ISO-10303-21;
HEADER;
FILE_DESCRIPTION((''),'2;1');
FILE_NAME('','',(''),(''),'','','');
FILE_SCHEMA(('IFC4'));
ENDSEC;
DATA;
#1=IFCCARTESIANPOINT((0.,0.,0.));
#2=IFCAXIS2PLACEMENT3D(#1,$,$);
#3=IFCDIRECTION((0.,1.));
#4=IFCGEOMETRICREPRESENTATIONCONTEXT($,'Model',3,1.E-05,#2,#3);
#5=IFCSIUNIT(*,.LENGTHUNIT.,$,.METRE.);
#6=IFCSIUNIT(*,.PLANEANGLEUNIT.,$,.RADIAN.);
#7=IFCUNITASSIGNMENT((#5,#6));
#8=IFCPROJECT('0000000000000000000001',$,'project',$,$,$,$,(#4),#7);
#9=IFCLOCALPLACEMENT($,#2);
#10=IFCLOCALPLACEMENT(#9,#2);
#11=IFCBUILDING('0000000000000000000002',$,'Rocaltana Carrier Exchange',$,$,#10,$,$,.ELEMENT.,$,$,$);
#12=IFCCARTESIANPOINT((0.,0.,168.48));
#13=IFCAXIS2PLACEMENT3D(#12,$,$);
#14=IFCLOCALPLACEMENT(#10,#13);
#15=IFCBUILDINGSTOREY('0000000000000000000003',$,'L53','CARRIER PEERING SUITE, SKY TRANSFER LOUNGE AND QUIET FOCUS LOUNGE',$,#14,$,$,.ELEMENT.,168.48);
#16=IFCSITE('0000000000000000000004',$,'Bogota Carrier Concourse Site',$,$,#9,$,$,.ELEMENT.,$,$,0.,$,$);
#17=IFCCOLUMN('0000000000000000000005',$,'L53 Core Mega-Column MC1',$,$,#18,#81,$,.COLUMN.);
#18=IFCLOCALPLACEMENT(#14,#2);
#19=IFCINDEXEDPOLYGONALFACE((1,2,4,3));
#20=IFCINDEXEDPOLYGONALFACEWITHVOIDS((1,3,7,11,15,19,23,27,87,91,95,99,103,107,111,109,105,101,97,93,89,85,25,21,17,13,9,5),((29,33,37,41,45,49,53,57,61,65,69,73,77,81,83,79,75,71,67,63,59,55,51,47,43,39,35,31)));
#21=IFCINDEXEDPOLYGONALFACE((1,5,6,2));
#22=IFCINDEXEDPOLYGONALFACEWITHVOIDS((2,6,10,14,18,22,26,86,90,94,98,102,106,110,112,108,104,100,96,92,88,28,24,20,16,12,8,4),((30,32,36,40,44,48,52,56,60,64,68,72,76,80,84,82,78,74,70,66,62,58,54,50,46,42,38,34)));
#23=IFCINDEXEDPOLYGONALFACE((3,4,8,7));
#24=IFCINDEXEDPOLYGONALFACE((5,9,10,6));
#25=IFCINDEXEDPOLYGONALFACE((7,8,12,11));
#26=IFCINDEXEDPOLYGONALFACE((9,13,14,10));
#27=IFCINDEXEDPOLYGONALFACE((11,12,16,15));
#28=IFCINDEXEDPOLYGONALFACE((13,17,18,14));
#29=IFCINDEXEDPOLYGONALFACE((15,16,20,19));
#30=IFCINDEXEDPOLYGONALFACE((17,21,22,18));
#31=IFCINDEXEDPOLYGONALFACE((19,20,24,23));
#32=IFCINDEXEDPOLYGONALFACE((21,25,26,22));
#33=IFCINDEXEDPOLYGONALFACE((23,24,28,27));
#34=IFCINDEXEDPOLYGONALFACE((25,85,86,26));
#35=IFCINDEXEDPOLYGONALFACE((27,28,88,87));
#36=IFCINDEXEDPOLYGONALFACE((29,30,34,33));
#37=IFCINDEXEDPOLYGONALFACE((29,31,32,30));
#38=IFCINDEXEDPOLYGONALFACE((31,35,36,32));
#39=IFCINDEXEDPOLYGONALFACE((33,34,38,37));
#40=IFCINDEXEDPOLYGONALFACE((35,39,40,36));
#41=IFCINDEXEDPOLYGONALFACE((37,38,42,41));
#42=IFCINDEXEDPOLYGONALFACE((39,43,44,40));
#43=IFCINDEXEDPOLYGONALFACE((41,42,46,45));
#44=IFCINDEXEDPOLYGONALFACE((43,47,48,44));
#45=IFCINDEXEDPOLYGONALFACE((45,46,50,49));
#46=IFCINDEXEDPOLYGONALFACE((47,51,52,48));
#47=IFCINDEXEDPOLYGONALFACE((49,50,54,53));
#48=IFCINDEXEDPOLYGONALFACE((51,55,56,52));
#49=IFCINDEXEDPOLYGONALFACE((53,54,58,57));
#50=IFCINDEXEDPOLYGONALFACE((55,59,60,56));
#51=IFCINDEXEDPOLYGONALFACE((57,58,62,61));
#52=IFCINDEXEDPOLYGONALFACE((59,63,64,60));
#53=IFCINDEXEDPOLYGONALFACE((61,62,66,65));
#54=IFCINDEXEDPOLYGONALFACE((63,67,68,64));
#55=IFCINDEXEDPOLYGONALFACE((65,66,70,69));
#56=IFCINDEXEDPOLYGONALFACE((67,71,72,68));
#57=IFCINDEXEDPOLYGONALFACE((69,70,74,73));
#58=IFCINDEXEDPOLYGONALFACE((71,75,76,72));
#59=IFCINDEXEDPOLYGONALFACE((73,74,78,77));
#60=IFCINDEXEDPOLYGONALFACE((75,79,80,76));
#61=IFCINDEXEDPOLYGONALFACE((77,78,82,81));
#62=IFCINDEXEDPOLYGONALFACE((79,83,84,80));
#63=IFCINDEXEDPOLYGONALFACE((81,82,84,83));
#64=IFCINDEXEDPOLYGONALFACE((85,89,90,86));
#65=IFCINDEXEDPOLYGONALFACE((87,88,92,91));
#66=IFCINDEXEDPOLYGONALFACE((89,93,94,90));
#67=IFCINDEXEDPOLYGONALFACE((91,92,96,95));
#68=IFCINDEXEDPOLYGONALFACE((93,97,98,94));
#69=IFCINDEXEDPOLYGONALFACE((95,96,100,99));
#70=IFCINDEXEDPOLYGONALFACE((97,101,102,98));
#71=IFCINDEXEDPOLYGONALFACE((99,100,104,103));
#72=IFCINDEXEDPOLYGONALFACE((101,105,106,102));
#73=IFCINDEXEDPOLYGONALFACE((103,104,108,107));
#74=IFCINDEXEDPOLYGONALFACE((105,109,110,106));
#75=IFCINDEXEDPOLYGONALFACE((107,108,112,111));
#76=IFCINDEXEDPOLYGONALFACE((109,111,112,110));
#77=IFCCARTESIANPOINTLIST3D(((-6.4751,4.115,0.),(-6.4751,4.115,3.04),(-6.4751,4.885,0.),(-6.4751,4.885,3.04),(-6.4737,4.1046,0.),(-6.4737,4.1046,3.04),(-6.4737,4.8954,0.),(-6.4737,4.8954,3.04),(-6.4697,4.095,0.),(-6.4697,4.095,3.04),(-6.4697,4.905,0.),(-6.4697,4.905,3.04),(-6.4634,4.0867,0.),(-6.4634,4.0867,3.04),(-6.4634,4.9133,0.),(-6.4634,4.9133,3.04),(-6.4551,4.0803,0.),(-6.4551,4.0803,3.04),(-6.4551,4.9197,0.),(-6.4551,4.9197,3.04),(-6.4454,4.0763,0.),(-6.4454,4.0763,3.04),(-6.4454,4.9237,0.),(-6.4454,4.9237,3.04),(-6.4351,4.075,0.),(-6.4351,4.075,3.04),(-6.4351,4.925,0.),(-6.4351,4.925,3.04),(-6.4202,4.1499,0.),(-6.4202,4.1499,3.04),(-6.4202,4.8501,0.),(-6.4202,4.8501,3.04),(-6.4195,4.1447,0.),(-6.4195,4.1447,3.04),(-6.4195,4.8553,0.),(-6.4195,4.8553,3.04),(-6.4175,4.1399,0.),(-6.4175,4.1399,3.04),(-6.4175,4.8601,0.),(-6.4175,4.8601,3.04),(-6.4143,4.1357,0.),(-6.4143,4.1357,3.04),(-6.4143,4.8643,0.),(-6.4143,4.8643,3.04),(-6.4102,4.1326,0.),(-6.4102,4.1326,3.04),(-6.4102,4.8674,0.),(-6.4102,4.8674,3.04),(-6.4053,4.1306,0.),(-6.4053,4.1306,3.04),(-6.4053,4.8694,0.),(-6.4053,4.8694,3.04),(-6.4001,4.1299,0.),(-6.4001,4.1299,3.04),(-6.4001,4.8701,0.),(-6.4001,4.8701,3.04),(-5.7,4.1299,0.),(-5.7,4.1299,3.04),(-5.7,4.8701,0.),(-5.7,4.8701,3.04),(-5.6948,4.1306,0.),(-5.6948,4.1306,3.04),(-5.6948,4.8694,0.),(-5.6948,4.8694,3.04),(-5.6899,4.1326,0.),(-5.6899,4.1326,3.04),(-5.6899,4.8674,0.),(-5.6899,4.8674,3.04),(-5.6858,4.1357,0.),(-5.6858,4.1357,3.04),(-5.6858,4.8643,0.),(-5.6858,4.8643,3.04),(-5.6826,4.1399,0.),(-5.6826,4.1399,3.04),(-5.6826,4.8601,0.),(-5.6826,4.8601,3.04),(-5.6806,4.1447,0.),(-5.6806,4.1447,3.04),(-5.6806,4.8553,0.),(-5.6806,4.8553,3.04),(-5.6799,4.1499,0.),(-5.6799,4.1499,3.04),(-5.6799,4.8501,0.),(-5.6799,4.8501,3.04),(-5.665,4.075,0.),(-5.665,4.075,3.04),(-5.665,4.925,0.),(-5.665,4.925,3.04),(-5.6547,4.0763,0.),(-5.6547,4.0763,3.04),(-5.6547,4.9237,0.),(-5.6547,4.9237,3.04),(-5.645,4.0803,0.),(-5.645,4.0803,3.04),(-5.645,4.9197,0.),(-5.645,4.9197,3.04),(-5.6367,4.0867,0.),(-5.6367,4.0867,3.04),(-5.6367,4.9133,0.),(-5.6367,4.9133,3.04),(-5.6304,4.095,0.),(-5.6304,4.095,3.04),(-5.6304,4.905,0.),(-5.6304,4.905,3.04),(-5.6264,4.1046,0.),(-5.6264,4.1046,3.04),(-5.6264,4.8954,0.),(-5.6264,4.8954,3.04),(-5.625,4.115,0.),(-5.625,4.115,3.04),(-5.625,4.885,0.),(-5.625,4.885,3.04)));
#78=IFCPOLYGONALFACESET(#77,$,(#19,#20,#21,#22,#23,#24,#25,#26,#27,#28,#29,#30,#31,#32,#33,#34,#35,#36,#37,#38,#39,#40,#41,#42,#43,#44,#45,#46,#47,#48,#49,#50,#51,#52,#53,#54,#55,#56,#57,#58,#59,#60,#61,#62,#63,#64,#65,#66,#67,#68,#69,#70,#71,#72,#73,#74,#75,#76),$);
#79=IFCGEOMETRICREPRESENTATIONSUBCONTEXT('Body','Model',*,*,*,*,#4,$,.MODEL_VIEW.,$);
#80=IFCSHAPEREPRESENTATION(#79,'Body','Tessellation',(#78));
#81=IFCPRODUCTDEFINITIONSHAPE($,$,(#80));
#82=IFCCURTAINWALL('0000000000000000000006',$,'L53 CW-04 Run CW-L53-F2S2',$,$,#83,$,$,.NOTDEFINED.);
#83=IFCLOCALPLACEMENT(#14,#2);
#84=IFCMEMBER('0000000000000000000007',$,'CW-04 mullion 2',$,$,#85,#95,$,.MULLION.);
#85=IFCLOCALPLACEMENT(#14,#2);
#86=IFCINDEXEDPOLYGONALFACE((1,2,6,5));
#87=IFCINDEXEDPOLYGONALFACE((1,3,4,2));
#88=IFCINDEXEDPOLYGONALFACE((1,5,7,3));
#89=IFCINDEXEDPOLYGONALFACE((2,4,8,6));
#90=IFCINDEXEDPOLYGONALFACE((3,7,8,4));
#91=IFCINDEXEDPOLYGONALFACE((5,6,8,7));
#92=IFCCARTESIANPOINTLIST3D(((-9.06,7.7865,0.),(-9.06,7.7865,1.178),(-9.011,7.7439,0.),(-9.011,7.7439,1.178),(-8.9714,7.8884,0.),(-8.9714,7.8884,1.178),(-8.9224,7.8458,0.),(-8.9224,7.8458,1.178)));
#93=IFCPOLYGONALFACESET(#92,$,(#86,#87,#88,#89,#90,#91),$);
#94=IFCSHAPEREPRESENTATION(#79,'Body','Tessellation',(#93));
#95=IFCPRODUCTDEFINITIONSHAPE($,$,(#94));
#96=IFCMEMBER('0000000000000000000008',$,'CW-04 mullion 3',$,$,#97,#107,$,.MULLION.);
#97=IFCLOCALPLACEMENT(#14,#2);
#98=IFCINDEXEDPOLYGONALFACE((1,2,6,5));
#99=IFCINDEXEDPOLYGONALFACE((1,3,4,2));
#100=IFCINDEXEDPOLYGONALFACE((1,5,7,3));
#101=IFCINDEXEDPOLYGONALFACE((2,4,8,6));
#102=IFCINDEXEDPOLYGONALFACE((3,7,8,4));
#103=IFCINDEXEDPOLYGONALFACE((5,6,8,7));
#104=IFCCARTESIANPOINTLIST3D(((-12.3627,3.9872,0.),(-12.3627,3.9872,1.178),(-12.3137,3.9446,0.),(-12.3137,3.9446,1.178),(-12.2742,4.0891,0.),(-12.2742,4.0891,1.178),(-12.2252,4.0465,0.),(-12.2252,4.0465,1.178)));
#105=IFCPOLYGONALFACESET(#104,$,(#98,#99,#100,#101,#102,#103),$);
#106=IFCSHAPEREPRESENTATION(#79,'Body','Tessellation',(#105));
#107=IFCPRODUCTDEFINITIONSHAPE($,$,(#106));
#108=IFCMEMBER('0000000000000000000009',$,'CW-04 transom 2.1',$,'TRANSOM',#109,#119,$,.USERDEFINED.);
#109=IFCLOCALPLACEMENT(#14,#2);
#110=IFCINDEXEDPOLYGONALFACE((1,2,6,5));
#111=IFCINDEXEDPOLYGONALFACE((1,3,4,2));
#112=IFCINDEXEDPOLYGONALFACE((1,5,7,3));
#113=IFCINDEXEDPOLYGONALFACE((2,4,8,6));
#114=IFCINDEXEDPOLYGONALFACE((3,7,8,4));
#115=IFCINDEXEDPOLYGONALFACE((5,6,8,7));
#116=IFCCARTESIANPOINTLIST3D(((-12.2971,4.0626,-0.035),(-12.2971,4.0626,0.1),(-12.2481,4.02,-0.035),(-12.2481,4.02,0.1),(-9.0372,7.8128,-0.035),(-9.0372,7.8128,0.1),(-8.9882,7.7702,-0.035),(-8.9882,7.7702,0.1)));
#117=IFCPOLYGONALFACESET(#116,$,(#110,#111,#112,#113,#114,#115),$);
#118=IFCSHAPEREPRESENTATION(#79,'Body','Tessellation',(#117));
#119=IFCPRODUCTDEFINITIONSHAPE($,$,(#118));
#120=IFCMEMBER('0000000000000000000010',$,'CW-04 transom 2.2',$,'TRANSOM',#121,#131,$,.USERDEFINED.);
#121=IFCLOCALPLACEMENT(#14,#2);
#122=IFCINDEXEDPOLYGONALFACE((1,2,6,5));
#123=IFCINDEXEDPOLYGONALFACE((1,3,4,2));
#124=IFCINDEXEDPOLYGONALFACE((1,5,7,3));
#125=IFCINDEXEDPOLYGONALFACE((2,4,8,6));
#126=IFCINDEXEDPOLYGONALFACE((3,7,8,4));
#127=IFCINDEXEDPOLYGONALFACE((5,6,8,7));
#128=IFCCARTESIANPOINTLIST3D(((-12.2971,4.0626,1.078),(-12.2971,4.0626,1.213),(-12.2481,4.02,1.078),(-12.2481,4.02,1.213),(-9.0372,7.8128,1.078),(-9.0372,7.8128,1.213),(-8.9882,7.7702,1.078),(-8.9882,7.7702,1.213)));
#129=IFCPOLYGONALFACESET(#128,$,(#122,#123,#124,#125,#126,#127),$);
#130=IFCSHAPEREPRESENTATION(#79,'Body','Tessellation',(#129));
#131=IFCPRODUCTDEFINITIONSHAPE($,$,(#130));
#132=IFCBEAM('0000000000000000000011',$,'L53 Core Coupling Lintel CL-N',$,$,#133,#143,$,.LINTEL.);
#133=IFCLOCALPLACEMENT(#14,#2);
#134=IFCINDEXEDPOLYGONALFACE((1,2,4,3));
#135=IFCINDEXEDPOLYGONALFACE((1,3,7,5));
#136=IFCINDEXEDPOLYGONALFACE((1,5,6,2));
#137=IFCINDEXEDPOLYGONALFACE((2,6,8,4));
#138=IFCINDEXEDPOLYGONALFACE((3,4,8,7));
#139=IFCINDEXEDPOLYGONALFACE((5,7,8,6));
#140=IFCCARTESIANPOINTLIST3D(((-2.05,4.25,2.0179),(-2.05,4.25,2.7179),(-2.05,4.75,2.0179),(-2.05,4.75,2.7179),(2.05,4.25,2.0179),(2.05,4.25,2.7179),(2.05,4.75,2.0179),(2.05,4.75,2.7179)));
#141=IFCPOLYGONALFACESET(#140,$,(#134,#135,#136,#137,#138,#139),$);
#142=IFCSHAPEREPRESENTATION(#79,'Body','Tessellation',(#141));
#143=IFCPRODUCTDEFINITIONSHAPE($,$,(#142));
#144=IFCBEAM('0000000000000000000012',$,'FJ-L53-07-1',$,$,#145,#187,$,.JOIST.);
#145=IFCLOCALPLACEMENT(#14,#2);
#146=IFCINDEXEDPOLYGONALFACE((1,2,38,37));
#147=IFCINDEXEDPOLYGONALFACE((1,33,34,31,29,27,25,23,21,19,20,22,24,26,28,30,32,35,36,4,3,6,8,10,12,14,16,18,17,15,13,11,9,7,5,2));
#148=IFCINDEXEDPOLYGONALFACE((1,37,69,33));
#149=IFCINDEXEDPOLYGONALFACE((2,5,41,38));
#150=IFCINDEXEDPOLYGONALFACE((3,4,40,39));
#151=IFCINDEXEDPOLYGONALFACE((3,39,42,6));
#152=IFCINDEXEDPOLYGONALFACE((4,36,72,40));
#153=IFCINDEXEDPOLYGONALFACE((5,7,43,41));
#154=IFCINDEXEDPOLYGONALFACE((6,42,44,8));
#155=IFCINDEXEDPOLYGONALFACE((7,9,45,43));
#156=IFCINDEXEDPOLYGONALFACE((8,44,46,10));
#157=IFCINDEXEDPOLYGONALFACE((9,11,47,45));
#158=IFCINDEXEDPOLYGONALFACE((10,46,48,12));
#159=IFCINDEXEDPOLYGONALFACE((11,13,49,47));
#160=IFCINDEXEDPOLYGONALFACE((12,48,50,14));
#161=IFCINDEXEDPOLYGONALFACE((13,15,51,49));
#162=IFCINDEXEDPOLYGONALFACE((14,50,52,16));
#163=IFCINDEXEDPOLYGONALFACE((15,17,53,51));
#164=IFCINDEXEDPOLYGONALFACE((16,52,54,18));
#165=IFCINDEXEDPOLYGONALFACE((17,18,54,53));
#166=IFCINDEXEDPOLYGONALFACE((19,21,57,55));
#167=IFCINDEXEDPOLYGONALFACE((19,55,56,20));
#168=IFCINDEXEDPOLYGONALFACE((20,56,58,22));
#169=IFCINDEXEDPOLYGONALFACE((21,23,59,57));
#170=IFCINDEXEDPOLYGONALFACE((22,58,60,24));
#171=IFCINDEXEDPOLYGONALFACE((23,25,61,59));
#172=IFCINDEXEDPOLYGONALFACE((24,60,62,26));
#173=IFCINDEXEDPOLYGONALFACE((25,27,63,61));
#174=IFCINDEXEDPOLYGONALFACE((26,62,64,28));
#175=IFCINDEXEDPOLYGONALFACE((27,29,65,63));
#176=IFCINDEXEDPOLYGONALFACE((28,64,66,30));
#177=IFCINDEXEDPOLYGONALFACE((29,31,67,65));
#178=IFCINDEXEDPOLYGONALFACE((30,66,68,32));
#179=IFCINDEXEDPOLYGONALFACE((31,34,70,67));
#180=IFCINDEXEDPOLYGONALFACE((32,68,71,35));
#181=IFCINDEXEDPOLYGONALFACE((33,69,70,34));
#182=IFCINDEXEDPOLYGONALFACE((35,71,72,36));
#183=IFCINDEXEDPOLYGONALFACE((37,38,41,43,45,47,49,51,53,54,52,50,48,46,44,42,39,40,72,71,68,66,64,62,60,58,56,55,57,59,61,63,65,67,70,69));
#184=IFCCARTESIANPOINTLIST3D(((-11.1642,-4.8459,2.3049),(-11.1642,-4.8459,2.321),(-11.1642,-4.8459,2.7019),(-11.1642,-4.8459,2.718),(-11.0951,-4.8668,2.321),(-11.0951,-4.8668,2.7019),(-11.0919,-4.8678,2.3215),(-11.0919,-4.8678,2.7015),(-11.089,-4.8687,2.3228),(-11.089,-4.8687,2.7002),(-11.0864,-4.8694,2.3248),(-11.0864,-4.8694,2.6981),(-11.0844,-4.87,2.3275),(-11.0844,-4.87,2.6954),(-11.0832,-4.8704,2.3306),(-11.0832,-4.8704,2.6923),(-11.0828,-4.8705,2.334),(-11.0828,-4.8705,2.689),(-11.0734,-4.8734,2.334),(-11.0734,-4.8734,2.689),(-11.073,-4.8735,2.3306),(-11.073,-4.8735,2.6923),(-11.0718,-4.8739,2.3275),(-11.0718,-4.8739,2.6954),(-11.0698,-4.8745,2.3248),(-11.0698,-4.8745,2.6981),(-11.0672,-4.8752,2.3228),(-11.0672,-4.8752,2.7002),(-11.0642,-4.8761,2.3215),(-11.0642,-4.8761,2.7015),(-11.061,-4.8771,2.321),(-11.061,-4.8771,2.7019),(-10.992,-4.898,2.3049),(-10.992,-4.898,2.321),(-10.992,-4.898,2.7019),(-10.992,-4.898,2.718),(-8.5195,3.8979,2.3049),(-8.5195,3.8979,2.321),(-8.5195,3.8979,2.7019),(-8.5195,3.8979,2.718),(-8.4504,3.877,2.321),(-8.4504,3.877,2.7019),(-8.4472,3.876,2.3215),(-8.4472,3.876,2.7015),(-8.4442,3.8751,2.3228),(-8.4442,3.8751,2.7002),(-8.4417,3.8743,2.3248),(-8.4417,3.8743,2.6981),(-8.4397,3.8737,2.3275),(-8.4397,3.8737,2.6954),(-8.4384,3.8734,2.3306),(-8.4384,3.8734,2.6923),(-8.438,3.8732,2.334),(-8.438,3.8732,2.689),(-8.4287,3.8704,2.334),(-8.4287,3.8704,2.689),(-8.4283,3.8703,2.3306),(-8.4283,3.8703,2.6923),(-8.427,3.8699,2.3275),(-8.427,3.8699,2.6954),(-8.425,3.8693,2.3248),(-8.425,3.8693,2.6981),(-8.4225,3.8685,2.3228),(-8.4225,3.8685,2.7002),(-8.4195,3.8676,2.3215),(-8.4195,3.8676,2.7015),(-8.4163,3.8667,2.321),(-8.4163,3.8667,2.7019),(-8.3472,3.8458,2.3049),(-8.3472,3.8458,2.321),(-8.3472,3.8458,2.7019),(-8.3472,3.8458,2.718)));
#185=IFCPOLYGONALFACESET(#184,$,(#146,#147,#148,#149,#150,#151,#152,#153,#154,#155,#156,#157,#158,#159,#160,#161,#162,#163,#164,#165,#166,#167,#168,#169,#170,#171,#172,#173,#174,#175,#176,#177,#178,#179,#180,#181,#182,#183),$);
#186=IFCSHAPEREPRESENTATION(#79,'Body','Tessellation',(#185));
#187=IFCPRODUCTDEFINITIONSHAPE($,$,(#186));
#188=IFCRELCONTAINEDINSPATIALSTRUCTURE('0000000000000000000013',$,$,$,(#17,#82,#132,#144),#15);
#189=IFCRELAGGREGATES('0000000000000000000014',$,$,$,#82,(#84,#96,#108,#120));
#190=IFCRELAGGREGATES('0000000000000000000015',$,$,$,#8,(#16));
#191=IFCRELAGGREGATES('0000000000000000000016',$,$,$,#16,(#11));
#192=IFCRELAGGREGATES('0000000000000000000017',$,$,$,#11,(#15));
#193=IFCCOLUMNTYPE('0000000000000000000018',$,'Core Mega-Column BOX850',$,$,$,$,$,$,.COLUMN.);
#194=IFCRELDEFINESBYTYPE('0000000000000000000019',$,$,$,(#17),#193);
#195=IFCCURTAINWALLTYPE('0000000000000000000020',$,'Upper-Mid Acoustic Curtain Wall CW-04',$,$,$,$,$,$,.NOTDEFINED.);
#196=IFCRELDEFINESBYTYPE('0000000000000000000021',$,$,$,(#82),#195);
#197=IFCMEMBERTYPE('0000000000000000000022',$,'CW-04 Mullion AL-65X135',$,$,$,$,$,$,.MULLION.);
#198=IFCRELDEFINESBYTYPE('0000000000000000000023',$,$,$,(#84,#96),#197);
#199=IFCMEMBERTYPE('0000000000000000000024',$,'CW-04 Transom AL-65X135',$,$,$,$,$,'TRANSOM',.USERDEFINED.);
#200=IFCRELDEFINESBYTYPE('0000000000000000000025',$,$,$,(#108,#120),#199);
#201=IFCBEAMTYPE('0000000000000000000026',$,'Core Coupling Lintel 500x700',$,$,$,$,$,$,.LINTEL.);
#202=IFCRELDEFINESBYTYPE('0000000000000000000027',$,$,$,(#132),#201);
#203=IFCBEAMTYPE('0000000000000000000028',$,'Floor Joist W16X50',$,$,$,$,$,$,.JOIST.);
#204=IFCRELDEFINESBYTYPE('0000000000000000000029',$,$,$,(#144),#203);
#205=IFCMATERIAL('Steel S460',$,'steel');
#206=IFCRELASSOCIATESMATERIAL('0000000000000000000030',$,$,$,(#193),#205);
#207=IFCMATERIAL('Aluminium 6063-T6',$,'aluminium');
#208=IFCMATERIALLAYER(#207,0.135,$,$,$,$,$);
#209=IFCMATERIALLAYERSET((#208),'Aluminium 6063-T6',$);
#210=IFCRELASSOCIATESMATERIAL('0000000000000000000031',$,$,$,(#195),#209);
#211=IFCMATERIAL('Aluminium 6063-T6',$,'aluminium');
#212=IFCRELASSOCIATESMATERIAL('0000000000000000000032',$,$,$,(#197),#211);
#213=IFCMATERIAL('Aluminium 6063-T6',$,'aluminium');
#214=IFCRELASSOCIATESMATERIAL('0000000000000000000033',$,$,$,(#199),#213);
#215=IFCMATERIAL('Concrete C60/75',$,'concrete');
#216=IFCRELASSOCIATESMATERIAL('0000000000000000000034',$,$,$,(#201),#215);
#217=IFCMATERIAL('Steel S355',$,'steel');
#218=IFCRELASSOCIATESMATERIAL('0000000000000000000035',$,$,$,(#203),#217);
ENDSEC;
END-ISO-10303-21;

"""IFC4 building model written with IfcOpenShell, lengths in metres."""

from ifc_helpers import new_model, si_unit, direction, frame, origin, origin_2d, place, context, subcontext, project, spatial, rectangle, hollow_rectangle, i_section, extrude, material, layer, layer_set, material_profile, profile_set, type_object, element, aggregate, save


model = new_model("IFC4")

# Units and contexts
model_context = context("Model", 3, precision=1e-05, world=origin(), true_north=direction((0.0, 1.0)))
body_context = subcontext(model_context, "Body", "Model", "MODEL_VIEW")
ifc_project = project(units=[si_unit("LENGTHUNIT", "METRE"), si_unit("PLANEANGLEUNIT", "RADIAN")], contexts=[model_context])

# Site, building, storey
site_placement = place(None, origin())
site = spatial("IfcSite", under=ifc_project, at=site_placement, Name="Bogota Carrier Concourse Site", CompositionType="ELEMENT", RefElevation=0.0)
building_placement = place(site_placement, origin())
building = spatial("IfcBuilding", under=site, at=building_placement, Name="Rocaltana Carrier Exchange", CompositionType="ELEMENT")
storey_placement = place(building_placement, frame((0.0, 0.0, 168.48)))
storey = spatial("IfcBuildingStorey", under=building, at=storey_placement, Name="L53", Description="CARRIER PEERING SUITE, SKY TRANSFER LOUNGE AND QUIET FOCUS LOUNGE", CompositionType="ELEMENT", Elevation=168.48)

# Column
ifc_material_1 = material(Name="Steel S460", Category="steel")
ifc_material_profile_1 = material_profile(ifc_material_1, hollow_rectangle(XDim=0.8501, YDim=0.8501, WallThickness=0.0549, InnerFilletRadius=0.02, OuterFilletRadius=0.04, at=origin_2d()), Name="BOX850X850X55")
ifc_profile_set_1 = profile_set([ifc_material_profile_1], Name="Steel S460")
column_type = type_object("IfcColumnType", Name="Core Mega-Column BOX850", PredefinedType="COLUMN", material=ifc_profile_set_1)
column_placement = place(storey_placement, frame((-6.05, 4.5, 0.0), z_axis=(0.0, 0.0, 1.0), x_axis=(1.0, 0.0, 0.0)))
element("IfcColumn", 1, at=column_placement, inside=storey, type_object=column_type, Name="L53 Core Mega-Column MC1", PredefinedType="COLUMN", context=body_context, shape_type="SweptSolid", body=[
    extrude(hollow_rectangle(XDim=0.8501, YDim=0.8501, WallThickness=0.0549, InnerFilletRadius=0.02, OuterFilletRadius=0.04, at=origin_2d()), origin(), (0.0, 0.0, 1.0), 3.04),
])

# Curtain wall, members
ifc_material_2 = material(Name="Aluminium 6063-T6", Category="aluminium")
ifc_layer_1 = layer(ifc_material_2, 0.135)
ifc_layer_set_1 = layer_set([ifc_layer_1], Name="Aluminium 6063-T6")
curtain_wall_type = type_object("IfcCurtainWallType", Name="Upper-Mid Acoustic Curtain Wall CW-04", PredefinedType="NOTDEFINED", material=ifc_layer_set_1)
curtain_wall_placement = place(storey_placement, origin())
curtain_wall = element("IfcCurtainWall", 2, at=curtain_wall_placement, inside=storey, type_object=curtain_wall_type, Name="L53 CW-04 Run CW-L53-F2S2", PredefinedType="NOTDEFINED")
ifc_material_3 = material(Name="Aluminium 6063-T6", Category="aluminium")
ifc_material_profile_2 = material_profile(ifc_material_3, rectangle(XDim=0.0649, YDim=0.135, at=origin_2d()), Name="AL-65X135")
ifc_profile_set_2 = profile_set([ifc_material_profile_2], Name="Aluminium 6063-T6")
member_type_1 = type_object("IfcMemberType", Name="CW-04 Mullion AL-65X135", PredefinedType="MULLION", material=ifc_profile_set_2)
member_1_placement = place(storey_placement, frame((-8.9912, 7.8162, 0.0), z_axis=(0.0, 0.0, 1.0), x_axis=(0.754712, -0.656057, 0.0)))
member_1 = element("IfcMember", 3, at=member_1_placement, type_object=member_type_1, Name="CW-04 mullion 2", PredefinedType="MULLION", context=body_context, shape_type="SweptSolid", body=[
    extrude(rectangle(XDim=0.0649, YDim=0.135, at=origin_2d()), origin(), (0.0, 0.0, 1.0), 1.178),
])
member_2_placement = place(storey_placement, frame((-12.2939, 4.0168, 0.0), z_axis=(0.0, 0.0, 1.0), x_axis=(0.754712, -0.656057, 0.0)))
member_2 = element("IfcMember", 4, at=member_2_placement, type_object=member_type_1, Name="CW-04 mullion 3", PredefinedType="MULLION", context=body_context, shape_type="SweptSolid", body=[
    extrude(rectangle(XDim=0.0649, YDim=0.135, at=origin_2d()), origin(), (0.0, 0.0, 1.0), 1.178),
])
ifc_material_4 = material(Name="Aluminium 6063-T6", Category="aluminium")
ifc_material_profile_3 = material_profile(ifc_material_4, rectangle(XDim=0.0649, YDim=0.135, at=origin_2d()), Name="AL-65X135")
ifc_profile_set_3 = profile_set([ifc_material_profile_3], Name="Aluminium 6063-T6")
member_type_2 = type_object("IfcMemberType", Name="CW-04 Transom AL-65X135", ElementType="TRANSOM", PredefinedType="USERDEFINED", material=ifc_profile_set_3)
member_3_placement = place(storey_placement, frame((-9.0127, 7.7915, 0.0325), z_axis=(-0.656056, -0.754712, 0.0), x_axis=(0.754712, -0.656056, 0.0)))
member_3 = element("IfcMember", 5, at=member_3_placement, type_object=member_type_2, Name="CW-04 transom 2.1", ObjectType="TRANSOM", PredefinedType="USERDEFINED", context=body_context, shape_type="SweptSolid", body=[
    extrude(rectangle(XDim=0.0649, YDim=0.135, at=origin_2d()), origin(), (0.0, 0.0, 1.0), 4.969),
])
member_4_placement = place(storey_placement, frame((-9.0127, 7.7915, 1.1455), z_axis=(-0.656056, -0.754712, 0.0), x_axis=(0.754712, -0.656056, 0.0)))
member_4 = element("IfcMember", 6, at=member_4_placement, type_object=member_type_2, Name="CW-04 transom 2.2", ObjectType="TRANSOM", PredefinedType="USERDEFINED", context=body_context, shape_type="SweptSolid", body=[
    extrude(rectangle(XDim=0.0649, YDim=0.135, at=origin_2d()), origin(), (0.0, 0.0, 1.0), 4.969),
])

# Beams
ifc_material_5 = material(Name="Concrete C60/75", Category="concrete")
ifc_material_profile_4 = material_profile(ifc_material_5, rectangle(XDim=0.5, YDim=0.7, at=origin_2d()), Name="RC-BM-500X700")
ifc_profile_set_4 = profile_set([ifc_material_profile_4], Name="Concrete C60/75")
beam_type_1 = type_object("IfcBeamType", Name="Core Coupling Lintel 500x700", PredefinedType="LINTEL", material=ifc_profile_set_4)
beam_1_placement = place(storey_placement, frame((-2.05, 4.5, 2.3679), z_axis=(1.0, 0.0, 0.0), x_axis=(0.0, 1.0, 0.0)))
element("IfcBeam", 7, at=beam_1_placement, inside=storey, type_object=beam_type_1, Name="L53 Core Coupling Lintel CL-N", PredefinedType="LINTEL", context=body_context, shape_type="SweptSolid", body=[
    extrude(rectangle(XDim=0.5, YDim=0.7, at=origin_2d()), origin(), (0.0, 0.0, 1.0), 4.1001),
])
ifc_material_6 = material(Name="Steel S355", Category="steel")
ifc_material_profile_5 = material_profile(ifc_material_6, i_section(OverallWidth=0.1799, OverallDepth=0.4131, WebThickness=0.0098, FlangeThickness=0.0161, FilletRadius=0.0129, at=origin_2d()), Name="W16X50")
ifc_profile_set_5 = profile_set([ifc_material_profile_5], Name="Steel S355")
beam_type_2 = type_object("IfcBeamType", Name="Floor Joist W16X50", PredefinedType="JOIST", material=ifc_profile_set_5)
beam_2_placement = place(storey_placement, frame((-8.4333, 3.8718, 2.5115), z_axis=(-0.289517, -0.957173, 0.0), x_axis=(0.957173, -0.289517, 0.0)))
element("IfcBeam", 8, at=beam_2_placement, inside=storey, type_object=beam_type_2, Name="FJ-L53-07-1", PredefinedType="JOIST", context=body_context, shape_type="SweptSolid", body=[
    extrude(i_section(OverallWidth=0.1799, OverallDepth=0.4131, WebThickness=0.0098, FlangeThickness=0.0161, FilletRadius=0.0129, at=origin_2d()), origin(), (0.0, 0.0, 1.0), 9.135),
])

aggregate(curtain_wall, [member_1, member_2, member_3, member_4])

save(model, "model.ifc")
